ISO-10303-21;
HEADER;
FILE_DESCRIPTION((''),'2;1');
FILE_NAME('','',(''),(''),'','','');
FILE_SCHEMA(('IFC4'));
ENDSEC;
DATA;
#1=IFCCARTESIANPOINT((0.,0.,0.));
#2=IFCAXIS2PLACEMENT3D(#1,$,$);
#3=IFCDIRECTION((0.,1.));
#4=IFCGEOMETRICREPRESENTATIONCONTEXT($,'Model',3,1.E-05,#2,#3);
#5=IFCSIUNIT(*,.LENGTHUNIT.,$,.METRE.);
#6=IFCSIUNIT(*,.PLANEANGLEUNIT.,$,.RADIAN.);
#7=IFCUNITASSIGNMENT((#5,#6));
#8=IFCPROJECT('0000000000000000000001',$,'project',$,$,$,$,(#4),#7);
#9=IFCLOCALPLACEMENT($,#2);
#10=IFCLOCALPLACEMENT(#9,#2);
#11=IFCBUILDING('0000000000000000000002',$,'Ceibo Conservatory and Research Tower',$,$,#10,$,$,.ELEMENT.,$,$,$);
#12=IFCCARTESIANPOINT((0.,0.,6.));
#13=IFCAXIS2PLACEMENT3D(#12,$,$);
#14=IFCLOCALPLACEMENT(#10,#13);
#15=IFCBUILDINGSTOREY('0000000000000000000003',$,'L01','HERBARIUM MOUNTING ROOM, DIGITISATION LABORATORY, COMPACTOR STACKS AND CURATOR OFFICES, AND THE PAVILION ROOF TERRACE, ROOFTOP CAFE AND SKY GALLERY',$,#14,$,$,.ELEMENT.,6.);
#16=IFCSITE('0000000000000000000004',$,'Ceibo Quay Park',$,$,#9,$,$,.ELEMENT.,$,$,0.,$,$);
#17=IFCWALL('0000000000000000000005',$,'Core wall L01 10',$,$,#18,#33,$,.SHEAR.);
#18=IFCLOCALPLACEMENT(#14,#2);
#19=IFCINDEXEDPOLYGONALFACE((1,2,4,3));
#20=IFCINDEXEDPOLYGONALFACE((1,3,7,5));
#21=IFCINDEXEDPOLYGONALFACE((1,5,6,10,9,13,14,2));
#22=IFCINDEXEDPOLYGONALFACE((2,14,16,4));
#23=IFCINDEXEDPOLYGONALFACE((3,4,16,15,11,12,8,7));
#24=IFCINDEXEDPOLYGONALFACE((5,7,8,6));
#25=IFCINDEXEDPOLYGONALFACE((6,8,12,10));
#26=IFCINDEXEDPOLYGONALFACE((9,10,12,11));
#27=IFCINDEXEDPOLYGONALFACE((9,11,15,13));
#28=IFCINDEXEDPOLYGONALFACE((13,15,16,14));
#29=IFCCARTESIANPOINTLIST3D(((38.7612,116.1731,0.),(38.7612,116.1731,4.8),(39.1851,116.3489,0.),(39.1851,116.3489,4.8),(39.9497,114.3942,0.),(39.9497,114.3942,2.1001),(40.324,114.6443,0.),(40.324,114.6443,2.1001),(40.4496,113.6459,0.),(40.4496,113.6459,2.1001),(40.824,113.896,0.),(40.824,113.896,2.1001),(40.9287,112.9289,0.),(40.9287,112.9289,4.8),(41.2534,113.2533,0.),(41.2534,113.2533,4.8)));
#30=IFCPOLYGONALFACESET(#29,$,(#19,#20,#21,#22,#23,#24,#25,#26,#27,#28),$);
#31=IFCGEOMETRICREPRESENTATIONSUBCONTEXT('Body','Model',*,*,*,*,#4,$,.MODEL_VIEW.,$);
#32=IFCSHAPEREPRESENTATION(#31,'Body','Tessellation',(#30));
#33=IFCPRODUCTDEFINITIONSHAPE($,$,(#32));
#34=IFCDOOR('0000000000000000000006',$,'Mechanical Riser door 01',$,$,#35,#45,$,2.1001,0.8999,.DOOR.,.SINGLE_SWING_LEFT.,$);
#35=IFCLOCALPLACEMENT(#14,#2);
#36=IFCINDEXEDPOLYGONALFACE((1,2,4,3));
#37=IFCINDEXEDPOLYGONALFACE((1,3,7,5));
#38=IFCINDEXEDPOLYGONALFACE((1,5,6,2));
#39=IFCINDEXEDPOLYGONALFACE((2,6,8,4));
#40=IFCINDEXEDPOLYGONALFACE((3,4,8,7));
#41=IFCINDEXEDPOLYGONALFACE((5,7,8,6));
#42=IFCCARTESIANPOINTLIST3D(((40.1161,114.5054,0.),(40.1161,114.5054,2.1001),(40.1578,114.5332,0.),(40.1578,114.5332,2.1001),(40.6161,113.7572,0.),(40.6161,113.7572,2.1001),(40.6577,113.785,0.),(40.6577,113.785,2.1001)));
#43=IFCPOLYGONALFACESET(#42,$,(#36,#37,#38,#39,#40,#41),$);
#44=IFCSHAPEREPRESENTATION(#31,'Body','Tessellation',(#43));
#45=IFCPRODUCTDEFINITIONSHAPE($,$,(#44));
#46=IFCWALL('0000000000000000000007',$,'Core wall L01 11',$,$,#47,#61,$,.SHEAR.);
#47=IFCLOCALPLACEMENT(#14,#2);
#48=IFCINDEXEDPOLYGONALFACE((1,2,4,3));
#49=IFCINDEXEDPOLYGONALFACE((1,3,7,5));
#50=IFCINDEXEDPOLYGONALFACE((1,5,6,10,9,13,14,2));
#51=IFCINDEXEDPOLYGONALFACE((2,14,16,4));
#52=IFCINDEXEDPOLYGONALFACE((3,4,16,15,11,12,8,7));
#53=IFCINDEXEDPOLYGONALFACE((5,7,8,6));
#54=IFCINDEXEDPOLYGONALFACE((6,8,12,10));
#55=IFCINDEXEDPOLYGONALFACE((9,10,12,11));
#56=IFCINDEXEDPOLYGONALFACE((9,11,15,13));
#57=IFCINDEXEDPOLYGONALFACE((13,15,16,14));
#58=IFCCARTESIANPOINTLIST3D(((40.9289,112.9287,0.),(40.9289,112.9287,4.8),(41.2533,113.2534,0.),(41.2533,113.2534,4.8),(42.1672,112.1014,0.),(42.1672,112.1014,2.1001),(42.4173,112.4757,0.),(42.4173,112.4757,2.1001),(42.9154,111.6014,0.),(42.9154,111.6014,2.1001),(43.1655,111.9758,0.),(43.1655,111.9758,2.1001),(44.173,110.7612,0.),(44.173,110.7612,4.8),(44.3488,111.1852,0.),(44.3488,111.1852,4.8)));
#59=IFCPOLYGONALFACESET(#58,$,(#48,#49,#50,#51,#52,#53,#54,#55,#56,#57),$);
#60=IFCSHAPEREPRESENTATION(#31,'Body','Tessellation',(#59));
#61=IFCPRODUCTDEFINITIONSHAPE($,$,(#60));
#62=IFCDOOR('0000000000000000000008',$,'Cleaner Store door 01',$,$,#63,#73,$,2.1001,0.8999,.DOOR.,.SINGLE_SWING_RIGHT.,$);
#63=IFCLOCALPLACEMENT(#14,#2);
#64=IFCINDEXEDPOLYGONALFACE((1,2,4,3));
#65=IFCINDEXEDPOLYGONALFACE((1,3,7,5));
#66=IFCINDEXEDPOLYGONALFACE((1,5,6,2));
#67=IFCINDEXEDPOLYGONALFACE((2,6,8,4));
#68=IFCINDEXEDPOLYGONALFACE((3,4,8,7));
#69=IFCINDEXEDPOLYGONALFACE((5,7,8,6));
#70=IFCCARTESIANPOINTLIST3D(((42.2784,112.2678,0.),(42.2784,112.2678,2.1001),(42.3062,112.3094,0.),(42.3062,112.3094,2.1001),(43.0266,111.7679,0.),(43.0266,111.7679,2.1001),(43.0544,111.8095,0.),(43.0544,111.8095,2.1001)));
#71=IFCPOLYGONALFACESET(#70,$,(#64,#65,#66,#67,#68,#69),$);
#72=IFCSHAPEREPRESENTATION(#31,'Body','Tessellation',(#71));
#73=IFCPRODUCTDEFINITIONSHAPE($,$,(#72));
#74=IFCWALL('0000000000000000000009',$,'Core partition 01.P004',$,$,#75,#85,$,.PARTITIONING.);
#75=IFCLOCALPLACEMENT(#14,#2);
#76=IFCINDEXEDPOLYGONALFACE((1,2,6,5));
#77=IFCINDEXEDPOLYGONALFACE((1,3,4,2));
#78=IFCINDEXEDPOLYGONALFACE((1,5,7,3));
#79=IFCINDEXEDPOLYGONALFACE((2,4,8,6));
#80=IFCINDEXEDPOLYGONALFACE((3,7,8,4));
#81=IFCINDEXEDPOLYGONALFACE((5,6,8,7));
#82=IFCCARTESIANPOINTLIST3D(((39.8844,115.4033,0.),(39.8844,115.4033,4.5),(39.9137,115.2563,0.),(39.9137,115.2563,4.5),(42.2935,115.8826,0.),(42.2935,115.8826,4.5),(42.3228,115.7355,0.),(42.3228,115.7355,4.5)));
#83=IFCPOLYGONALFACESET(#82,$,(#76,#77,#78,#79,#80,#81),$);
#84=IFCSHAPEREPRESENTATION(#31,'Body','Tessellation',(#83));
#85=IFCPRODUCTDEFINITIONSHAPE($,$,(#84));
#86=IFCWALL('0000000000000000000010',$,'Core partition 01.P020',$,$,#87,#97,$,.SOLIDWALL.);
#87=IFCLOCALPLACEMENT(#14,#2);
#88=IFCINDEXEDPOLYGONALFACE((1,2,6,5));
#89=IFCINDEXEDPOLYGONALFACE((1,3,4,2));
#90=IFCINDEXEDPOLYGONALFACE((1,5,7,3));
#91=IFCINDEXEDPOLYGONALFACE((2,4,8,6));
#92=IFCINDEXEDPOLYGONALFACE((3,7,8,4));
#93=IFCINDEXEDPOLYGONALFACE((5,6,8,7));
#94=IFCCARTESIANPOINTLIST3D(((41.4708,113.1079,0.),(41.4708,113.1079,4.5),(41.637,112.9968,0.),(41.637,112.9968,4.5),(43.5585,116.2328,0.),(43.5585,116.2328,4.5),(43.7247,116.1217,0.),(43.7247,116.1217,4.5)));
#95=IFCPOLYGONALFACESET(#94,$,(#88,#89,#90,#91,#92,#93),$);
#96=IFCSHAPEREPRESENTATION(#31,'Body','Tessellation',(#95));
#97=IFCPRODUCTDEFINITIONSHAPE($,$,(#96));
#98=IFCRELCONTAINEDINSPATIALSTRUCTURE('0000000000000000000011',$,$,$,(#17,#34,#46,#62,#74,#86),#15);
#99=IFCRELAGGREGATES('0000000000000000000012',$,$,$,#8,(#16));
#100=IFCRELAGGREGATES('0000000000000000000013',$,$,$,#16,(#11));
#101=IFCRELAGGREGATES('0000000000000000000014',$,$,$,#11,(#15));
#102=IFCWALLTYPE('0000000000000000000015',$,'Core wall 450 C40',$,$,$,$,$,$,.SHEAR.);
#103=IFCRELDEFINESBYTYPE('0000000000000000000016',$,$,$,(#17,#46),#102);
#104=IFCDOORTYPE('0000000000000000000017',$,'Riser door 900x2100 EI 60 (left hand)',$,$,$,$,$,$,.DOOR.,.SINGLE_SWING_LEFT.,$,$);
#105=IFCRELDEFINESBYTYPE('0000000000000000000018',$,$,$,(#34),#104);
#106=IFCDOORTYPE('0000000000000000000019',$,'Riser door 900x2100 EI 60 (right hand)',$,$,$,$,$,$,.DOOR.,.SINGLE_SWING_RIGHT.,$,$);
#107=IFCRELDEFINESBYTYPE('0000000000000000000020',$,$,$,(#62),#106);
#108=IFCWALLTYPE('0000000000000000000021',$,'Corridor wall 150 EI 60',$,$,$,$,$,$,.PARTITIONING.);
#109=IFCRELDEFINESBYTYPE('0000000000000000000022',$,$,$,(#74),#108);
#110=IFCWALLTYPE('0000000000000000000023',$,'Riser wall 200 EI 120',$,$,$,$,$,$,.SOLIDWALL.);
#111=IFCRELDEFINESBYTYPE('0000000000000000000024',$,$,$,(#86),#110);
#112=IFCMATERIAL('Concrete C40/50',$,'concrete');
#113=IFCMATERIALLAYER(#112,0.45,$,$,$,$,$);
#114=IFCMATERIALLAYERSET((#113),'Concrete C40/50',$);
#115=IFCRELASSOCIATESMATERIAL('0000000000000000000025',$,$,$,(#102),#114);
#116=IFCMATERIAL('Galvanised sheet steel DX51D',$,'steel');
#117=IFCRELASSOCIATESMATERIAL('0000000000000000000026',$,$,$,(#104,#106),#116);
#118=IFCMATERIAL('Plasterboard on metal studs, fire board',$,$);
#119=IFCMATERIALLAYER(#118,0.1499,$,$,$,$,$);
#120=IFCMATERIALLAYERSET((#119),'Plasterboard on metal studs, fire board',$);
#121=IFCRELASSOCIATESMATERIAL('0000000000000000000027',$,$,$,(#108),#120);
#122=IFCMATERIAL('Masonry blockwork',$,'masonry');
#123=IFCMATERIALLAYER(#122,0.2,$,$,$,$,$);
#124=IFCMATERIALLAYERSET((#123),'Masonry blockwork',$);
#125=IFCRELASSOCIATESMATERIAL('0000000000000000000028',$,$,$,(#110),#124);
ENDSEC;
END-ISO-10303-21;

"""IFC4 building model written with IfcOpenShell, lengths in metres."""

from ifc_helpers import new_model, si_unit, direction, frame, frame_2d, origin, place, context, subcontext, project, spatial, polyline, rectangle, outline, extrude, material, layer, layer_set, type_object, element, fill, save


model = new_model("IFC4")

# Units and contexts
model_context = context("Model", 3, precision=1e-05, world=origin(), true_north=direction((0.0, 1.0)))
body_context = subcontext(model_context, "Body", "Model", "MODEL_VIEW")
ifc_project = project(units=[si_unit("LENGTHUNIT", "METRE"), si_unit("PLANEANGLEUNIT", "RADIAN")], contexts=[model_context])

# Site, building, storey
site_placement = place(None, origin())
site = spatial("IfcSite", under=ifc_project, at=site_placement, Name="Ceibo Quay Park", CompositionType="ELEMENT", RefElevation=0.0)
building_placement = place(site_placement, origin())
building = spatial("IfcBuilding", under=site, at=building_placement, Name="Ceibo Conservatory and Research Tower", CompositionType="ELEMENT")
storey_placement = place(building_placement, frame((0.0, 0.0, 6.0)))
storey = spatial("IfcBuildingStorey", under=building, at=storey_placement, Name="L01", Description="HERBARIUM MOUNTING ROOM, DIGITISATION LABORATORY, COMPACTOR STACKS AND CURATOR OFFICES, AND THE PAVILION ROOF TERRACE, ROOFTOP CAFE AND SKY GALLERY", CompositionType="ELEMENT", Elevation=6.0)

# Shared definitions
ifc_material_1 = material(Name="Concrete C40/50", Category="concrete")

# Shared definitions
ifc_material_2 = material(Name="Masonry blockwork", Category="masonry")
ifc_material_3 = material(Name="Galvanised sheet steel DX51D", Category="steel")

# Walls, openings, doors
ifc_layer_1 = layer(ifc_material_1, 0.45)
ifc_layer_set_1 = layer_set([ifc_layer_1], Name="Concrete C40/50")
wall_type_1 = type_object("IfcWallType", Name="Core wall 450 C40", PredefinedType="SHEAR", material=ifc_layer_set_1)
wall_1_placement = place(storey_placement, frame((38.9731, 116.261, 0.0), z_axis=(0.0, 0.0, 1.0), x_axis=(0.555542, -0.831488, 0.0)))
wall_1 = element("IfcWall", 1, at=wall_1_placement, inside=storey, type_object=wall_type_1, Name="Core wall L01 10", PredefinedType="SHEAR", context=body_context, shape_type="SweptSolid", body=[
    extrude(outline(polyline([(-0.0447, -0.2251), (3.8569, -0.2251), (3.7676, 0.2251), (0.0447, 0.2251), (-0.0447, -0.2251)])), origin(), (0.0, 0.0, 1.0), 4.8),
])
opening_1_placement = place(wall_1_placement, frame((2.0947, 0.0, 0.0)))
opening_1 = element("IfcOpeningElement", 2, at=opening_1_placement, cuts=wall_1, PredefinedType="OPENING", context=body_context, shape_type="SweptSolid", body=[
    extrude(rectangle(XDim=0.8999, YDim=2.1001, at=frame_2d((0.45, 1.05))), frame((0.0, 0.2349, 0.0), z_axis=(0.0, -1.0, 0.0), x_axis=(1.0, 0.0, 0.0)), (0.0, 0.0, 1.0), 0.47),
])
door_type_1 = type_object("IfcDoorType", Name="Riser door 900x2100 EI 60 (left hand)", OperationType="SINGLE_SWING_LEFT", PredefinedType="DOOR", material=ifc_material_3)
door_1_placement = place(opening_1_placement, frame((0.8999, 0.0, 0.0), z_axis=(0.0, 0.0, 1.0), x_axis=(-1.0, 0.0, 0.0)))
door_1 = element("IfcDoor", 3, at=door_1_placement, inside=storey, type_object=door_type_1, Name="Mechanical Riser door 01", OperationType="SINGLE_SWING_LEFT", OverallHeight=2.1001, OverallWidth=0.8999, PredefinedType="DOOR", context=body_context, shape_type="SweptSolid", body=[
    extrude(rectangle(XDim=0.8999, YDim=2.1001, at=frame_2d((0.45, 1.05))), frame((0.0, 0.0249, 0.0), z_axis=(0.0, -1.0, 0.0), x_axis=(1.0, 0.0, 0.0)), (0.0, 0.0, 1.0), 0.05),
])
fill(opening_1, door_1)
wall_2_placement = place(storey_placement, frame((41.0911, 113.0911, 0.0), z_axis=(0.0, 0.0, 1.0), x_axis=(0.831488, -0.555542, 0.0)))
wall_2 = element("IfcWall", 4, at=wall_2_placement, inside=storey, type_object=wall_type_1, Name="Core wall L01 11", PredefinedType="SHEAR", context=body_context, shape_type="SweptSolid", body=[
    extrude(outline(polyline([(-0.0447, -0.2251), (3.8569, -0.2251), (3.7676, 0.2251), (0.0447, 0.2251), (-0.0447, -0.2251)])), origin(), (0.0, 0.0, 1.0), 4.8),
])
opening_2_placement = place(wall_2_placement, frame((1.4446, 0.0, 0.0)))
opening_2 = element("IfcOpeningElement", 5, at=opening_2_placement, cuts=wall_2, PredefinedType="OPENING", context=body_context, shape_type="SweptSolid", body=[
    extrude(rectangle(XDim=0.8999, YDim=2.1001, at=frame_2d((0.45, 1.05))), frame((0.0, 0.2349, 0.0), z_axis=(0.0, -1.0, 0.0), x_axis=(1.0, 0.0, 0.0)), (0.0, 0.0, 1.0), 0.47),
])
door_type_2 = type_object("IfcDoorType", Name="Riser door 900x2100 EI 60 (right hand)", OperationType="SINGLE_SWING_RIGHT", PredefinedType="DOOR", material=ifc_material_3)
door_2_placement = place(opening_2_placement, frame((0.8999, 0.0, 0.0), z_axis=(0.0, 0.0, 1.0), x_axis=(-1.0, 0.0, 0.0)))
door_2 = element("IfcDoor", 6, at=door_2_placement, inside=storey, type_object=door_type_2, Name="Cleaner Store door 01", OperationType="SINGLE_SWING_RIGHT", OverallHeight=2.1001, OverallWidth=0.8999, PredefinedType="DOOR", context=body_context, shape_type="SweptSolid", body=[
    extrude(rectangle(XDim=0.8999, YDim=2.1001, at=frame_2d((0.45, 1.05))), frame((0.0, 0.0249, 0.0), z_axis=(0.0, -1.0, 0.0), x_axis=(1.0, 0.0, 0.0)), (0.0, 0.0, 1.0), 0.05),
])
fill(opening_2, door_2)

# Walls
ifc_material_4 = material(Name="Plasterboard on metal studs, fire board")
ifc_layer_2 = layer(ifc_material_4, 0.1499)
ifc_layer_set_2 = layer_set([ifc_layer_2], Name="Plasterboard on metal studs, fire board")
wall_type_2 = type_object("IfcWallType", Name="Corridor wall 150 EI 60", PredefinedType="PARTITIONING", material=ifc_layer_set_2)
wall_3_placement = place(storey_placement, frame((39.8992, 115.3298, 0.0), z_axis=(0.0, 0.0, 1.0), x_axis=(0.980783, 0.195103, 0.0)))
element("IfcWall", 7, at=wall_3_placement, inside=storey, type_object=wall_type_2, Name="Core partition 01.P004", PredefinedType="PARTITIONING", context=body_context, shape_type="SweptSolid", body=[
    extrude(rectangle(XDim=2.4563, YDim=0.1499, at=frame_2d((1.228, 0.0))), origin(), (0.0, 0.0, 1.0), 4.5),
])
ifc_layer_3 = layer(ifc_material_2, 0.2)
ifc_layer_set_3 = layer_set([ifc_layer_3], Name="Masonry blockwork")
wall_type_3 = type_object("IfcWallType", Name="Riser wall 200 EI 120", PredefinedType="SOLIDWALL", material=ifc_layer_set_3)
wall_4_placement = place(storey_placement, frame((41.554, 113.0525, 0.0), z_axis=(0.0, 0.0, 1.0), x_axis=(0.555524, 0.8315, 0.0)))
element("IfcWall", 8, at=wall_4_placement, inside=storey, type_object=wall_type_3, Name="Core partition 01.P020", PredefinedType="SOLIDWALL", context=body_context, shape_type="SweptSolid", body=[
    extrude(rectangle(XDim=3.7581, YDim=0.2, at=frame_2d((1.8789, 0.0))), origin(), (0.0, 0.0, 1.0), 4.5),
])

save(model, "model.ifc")
